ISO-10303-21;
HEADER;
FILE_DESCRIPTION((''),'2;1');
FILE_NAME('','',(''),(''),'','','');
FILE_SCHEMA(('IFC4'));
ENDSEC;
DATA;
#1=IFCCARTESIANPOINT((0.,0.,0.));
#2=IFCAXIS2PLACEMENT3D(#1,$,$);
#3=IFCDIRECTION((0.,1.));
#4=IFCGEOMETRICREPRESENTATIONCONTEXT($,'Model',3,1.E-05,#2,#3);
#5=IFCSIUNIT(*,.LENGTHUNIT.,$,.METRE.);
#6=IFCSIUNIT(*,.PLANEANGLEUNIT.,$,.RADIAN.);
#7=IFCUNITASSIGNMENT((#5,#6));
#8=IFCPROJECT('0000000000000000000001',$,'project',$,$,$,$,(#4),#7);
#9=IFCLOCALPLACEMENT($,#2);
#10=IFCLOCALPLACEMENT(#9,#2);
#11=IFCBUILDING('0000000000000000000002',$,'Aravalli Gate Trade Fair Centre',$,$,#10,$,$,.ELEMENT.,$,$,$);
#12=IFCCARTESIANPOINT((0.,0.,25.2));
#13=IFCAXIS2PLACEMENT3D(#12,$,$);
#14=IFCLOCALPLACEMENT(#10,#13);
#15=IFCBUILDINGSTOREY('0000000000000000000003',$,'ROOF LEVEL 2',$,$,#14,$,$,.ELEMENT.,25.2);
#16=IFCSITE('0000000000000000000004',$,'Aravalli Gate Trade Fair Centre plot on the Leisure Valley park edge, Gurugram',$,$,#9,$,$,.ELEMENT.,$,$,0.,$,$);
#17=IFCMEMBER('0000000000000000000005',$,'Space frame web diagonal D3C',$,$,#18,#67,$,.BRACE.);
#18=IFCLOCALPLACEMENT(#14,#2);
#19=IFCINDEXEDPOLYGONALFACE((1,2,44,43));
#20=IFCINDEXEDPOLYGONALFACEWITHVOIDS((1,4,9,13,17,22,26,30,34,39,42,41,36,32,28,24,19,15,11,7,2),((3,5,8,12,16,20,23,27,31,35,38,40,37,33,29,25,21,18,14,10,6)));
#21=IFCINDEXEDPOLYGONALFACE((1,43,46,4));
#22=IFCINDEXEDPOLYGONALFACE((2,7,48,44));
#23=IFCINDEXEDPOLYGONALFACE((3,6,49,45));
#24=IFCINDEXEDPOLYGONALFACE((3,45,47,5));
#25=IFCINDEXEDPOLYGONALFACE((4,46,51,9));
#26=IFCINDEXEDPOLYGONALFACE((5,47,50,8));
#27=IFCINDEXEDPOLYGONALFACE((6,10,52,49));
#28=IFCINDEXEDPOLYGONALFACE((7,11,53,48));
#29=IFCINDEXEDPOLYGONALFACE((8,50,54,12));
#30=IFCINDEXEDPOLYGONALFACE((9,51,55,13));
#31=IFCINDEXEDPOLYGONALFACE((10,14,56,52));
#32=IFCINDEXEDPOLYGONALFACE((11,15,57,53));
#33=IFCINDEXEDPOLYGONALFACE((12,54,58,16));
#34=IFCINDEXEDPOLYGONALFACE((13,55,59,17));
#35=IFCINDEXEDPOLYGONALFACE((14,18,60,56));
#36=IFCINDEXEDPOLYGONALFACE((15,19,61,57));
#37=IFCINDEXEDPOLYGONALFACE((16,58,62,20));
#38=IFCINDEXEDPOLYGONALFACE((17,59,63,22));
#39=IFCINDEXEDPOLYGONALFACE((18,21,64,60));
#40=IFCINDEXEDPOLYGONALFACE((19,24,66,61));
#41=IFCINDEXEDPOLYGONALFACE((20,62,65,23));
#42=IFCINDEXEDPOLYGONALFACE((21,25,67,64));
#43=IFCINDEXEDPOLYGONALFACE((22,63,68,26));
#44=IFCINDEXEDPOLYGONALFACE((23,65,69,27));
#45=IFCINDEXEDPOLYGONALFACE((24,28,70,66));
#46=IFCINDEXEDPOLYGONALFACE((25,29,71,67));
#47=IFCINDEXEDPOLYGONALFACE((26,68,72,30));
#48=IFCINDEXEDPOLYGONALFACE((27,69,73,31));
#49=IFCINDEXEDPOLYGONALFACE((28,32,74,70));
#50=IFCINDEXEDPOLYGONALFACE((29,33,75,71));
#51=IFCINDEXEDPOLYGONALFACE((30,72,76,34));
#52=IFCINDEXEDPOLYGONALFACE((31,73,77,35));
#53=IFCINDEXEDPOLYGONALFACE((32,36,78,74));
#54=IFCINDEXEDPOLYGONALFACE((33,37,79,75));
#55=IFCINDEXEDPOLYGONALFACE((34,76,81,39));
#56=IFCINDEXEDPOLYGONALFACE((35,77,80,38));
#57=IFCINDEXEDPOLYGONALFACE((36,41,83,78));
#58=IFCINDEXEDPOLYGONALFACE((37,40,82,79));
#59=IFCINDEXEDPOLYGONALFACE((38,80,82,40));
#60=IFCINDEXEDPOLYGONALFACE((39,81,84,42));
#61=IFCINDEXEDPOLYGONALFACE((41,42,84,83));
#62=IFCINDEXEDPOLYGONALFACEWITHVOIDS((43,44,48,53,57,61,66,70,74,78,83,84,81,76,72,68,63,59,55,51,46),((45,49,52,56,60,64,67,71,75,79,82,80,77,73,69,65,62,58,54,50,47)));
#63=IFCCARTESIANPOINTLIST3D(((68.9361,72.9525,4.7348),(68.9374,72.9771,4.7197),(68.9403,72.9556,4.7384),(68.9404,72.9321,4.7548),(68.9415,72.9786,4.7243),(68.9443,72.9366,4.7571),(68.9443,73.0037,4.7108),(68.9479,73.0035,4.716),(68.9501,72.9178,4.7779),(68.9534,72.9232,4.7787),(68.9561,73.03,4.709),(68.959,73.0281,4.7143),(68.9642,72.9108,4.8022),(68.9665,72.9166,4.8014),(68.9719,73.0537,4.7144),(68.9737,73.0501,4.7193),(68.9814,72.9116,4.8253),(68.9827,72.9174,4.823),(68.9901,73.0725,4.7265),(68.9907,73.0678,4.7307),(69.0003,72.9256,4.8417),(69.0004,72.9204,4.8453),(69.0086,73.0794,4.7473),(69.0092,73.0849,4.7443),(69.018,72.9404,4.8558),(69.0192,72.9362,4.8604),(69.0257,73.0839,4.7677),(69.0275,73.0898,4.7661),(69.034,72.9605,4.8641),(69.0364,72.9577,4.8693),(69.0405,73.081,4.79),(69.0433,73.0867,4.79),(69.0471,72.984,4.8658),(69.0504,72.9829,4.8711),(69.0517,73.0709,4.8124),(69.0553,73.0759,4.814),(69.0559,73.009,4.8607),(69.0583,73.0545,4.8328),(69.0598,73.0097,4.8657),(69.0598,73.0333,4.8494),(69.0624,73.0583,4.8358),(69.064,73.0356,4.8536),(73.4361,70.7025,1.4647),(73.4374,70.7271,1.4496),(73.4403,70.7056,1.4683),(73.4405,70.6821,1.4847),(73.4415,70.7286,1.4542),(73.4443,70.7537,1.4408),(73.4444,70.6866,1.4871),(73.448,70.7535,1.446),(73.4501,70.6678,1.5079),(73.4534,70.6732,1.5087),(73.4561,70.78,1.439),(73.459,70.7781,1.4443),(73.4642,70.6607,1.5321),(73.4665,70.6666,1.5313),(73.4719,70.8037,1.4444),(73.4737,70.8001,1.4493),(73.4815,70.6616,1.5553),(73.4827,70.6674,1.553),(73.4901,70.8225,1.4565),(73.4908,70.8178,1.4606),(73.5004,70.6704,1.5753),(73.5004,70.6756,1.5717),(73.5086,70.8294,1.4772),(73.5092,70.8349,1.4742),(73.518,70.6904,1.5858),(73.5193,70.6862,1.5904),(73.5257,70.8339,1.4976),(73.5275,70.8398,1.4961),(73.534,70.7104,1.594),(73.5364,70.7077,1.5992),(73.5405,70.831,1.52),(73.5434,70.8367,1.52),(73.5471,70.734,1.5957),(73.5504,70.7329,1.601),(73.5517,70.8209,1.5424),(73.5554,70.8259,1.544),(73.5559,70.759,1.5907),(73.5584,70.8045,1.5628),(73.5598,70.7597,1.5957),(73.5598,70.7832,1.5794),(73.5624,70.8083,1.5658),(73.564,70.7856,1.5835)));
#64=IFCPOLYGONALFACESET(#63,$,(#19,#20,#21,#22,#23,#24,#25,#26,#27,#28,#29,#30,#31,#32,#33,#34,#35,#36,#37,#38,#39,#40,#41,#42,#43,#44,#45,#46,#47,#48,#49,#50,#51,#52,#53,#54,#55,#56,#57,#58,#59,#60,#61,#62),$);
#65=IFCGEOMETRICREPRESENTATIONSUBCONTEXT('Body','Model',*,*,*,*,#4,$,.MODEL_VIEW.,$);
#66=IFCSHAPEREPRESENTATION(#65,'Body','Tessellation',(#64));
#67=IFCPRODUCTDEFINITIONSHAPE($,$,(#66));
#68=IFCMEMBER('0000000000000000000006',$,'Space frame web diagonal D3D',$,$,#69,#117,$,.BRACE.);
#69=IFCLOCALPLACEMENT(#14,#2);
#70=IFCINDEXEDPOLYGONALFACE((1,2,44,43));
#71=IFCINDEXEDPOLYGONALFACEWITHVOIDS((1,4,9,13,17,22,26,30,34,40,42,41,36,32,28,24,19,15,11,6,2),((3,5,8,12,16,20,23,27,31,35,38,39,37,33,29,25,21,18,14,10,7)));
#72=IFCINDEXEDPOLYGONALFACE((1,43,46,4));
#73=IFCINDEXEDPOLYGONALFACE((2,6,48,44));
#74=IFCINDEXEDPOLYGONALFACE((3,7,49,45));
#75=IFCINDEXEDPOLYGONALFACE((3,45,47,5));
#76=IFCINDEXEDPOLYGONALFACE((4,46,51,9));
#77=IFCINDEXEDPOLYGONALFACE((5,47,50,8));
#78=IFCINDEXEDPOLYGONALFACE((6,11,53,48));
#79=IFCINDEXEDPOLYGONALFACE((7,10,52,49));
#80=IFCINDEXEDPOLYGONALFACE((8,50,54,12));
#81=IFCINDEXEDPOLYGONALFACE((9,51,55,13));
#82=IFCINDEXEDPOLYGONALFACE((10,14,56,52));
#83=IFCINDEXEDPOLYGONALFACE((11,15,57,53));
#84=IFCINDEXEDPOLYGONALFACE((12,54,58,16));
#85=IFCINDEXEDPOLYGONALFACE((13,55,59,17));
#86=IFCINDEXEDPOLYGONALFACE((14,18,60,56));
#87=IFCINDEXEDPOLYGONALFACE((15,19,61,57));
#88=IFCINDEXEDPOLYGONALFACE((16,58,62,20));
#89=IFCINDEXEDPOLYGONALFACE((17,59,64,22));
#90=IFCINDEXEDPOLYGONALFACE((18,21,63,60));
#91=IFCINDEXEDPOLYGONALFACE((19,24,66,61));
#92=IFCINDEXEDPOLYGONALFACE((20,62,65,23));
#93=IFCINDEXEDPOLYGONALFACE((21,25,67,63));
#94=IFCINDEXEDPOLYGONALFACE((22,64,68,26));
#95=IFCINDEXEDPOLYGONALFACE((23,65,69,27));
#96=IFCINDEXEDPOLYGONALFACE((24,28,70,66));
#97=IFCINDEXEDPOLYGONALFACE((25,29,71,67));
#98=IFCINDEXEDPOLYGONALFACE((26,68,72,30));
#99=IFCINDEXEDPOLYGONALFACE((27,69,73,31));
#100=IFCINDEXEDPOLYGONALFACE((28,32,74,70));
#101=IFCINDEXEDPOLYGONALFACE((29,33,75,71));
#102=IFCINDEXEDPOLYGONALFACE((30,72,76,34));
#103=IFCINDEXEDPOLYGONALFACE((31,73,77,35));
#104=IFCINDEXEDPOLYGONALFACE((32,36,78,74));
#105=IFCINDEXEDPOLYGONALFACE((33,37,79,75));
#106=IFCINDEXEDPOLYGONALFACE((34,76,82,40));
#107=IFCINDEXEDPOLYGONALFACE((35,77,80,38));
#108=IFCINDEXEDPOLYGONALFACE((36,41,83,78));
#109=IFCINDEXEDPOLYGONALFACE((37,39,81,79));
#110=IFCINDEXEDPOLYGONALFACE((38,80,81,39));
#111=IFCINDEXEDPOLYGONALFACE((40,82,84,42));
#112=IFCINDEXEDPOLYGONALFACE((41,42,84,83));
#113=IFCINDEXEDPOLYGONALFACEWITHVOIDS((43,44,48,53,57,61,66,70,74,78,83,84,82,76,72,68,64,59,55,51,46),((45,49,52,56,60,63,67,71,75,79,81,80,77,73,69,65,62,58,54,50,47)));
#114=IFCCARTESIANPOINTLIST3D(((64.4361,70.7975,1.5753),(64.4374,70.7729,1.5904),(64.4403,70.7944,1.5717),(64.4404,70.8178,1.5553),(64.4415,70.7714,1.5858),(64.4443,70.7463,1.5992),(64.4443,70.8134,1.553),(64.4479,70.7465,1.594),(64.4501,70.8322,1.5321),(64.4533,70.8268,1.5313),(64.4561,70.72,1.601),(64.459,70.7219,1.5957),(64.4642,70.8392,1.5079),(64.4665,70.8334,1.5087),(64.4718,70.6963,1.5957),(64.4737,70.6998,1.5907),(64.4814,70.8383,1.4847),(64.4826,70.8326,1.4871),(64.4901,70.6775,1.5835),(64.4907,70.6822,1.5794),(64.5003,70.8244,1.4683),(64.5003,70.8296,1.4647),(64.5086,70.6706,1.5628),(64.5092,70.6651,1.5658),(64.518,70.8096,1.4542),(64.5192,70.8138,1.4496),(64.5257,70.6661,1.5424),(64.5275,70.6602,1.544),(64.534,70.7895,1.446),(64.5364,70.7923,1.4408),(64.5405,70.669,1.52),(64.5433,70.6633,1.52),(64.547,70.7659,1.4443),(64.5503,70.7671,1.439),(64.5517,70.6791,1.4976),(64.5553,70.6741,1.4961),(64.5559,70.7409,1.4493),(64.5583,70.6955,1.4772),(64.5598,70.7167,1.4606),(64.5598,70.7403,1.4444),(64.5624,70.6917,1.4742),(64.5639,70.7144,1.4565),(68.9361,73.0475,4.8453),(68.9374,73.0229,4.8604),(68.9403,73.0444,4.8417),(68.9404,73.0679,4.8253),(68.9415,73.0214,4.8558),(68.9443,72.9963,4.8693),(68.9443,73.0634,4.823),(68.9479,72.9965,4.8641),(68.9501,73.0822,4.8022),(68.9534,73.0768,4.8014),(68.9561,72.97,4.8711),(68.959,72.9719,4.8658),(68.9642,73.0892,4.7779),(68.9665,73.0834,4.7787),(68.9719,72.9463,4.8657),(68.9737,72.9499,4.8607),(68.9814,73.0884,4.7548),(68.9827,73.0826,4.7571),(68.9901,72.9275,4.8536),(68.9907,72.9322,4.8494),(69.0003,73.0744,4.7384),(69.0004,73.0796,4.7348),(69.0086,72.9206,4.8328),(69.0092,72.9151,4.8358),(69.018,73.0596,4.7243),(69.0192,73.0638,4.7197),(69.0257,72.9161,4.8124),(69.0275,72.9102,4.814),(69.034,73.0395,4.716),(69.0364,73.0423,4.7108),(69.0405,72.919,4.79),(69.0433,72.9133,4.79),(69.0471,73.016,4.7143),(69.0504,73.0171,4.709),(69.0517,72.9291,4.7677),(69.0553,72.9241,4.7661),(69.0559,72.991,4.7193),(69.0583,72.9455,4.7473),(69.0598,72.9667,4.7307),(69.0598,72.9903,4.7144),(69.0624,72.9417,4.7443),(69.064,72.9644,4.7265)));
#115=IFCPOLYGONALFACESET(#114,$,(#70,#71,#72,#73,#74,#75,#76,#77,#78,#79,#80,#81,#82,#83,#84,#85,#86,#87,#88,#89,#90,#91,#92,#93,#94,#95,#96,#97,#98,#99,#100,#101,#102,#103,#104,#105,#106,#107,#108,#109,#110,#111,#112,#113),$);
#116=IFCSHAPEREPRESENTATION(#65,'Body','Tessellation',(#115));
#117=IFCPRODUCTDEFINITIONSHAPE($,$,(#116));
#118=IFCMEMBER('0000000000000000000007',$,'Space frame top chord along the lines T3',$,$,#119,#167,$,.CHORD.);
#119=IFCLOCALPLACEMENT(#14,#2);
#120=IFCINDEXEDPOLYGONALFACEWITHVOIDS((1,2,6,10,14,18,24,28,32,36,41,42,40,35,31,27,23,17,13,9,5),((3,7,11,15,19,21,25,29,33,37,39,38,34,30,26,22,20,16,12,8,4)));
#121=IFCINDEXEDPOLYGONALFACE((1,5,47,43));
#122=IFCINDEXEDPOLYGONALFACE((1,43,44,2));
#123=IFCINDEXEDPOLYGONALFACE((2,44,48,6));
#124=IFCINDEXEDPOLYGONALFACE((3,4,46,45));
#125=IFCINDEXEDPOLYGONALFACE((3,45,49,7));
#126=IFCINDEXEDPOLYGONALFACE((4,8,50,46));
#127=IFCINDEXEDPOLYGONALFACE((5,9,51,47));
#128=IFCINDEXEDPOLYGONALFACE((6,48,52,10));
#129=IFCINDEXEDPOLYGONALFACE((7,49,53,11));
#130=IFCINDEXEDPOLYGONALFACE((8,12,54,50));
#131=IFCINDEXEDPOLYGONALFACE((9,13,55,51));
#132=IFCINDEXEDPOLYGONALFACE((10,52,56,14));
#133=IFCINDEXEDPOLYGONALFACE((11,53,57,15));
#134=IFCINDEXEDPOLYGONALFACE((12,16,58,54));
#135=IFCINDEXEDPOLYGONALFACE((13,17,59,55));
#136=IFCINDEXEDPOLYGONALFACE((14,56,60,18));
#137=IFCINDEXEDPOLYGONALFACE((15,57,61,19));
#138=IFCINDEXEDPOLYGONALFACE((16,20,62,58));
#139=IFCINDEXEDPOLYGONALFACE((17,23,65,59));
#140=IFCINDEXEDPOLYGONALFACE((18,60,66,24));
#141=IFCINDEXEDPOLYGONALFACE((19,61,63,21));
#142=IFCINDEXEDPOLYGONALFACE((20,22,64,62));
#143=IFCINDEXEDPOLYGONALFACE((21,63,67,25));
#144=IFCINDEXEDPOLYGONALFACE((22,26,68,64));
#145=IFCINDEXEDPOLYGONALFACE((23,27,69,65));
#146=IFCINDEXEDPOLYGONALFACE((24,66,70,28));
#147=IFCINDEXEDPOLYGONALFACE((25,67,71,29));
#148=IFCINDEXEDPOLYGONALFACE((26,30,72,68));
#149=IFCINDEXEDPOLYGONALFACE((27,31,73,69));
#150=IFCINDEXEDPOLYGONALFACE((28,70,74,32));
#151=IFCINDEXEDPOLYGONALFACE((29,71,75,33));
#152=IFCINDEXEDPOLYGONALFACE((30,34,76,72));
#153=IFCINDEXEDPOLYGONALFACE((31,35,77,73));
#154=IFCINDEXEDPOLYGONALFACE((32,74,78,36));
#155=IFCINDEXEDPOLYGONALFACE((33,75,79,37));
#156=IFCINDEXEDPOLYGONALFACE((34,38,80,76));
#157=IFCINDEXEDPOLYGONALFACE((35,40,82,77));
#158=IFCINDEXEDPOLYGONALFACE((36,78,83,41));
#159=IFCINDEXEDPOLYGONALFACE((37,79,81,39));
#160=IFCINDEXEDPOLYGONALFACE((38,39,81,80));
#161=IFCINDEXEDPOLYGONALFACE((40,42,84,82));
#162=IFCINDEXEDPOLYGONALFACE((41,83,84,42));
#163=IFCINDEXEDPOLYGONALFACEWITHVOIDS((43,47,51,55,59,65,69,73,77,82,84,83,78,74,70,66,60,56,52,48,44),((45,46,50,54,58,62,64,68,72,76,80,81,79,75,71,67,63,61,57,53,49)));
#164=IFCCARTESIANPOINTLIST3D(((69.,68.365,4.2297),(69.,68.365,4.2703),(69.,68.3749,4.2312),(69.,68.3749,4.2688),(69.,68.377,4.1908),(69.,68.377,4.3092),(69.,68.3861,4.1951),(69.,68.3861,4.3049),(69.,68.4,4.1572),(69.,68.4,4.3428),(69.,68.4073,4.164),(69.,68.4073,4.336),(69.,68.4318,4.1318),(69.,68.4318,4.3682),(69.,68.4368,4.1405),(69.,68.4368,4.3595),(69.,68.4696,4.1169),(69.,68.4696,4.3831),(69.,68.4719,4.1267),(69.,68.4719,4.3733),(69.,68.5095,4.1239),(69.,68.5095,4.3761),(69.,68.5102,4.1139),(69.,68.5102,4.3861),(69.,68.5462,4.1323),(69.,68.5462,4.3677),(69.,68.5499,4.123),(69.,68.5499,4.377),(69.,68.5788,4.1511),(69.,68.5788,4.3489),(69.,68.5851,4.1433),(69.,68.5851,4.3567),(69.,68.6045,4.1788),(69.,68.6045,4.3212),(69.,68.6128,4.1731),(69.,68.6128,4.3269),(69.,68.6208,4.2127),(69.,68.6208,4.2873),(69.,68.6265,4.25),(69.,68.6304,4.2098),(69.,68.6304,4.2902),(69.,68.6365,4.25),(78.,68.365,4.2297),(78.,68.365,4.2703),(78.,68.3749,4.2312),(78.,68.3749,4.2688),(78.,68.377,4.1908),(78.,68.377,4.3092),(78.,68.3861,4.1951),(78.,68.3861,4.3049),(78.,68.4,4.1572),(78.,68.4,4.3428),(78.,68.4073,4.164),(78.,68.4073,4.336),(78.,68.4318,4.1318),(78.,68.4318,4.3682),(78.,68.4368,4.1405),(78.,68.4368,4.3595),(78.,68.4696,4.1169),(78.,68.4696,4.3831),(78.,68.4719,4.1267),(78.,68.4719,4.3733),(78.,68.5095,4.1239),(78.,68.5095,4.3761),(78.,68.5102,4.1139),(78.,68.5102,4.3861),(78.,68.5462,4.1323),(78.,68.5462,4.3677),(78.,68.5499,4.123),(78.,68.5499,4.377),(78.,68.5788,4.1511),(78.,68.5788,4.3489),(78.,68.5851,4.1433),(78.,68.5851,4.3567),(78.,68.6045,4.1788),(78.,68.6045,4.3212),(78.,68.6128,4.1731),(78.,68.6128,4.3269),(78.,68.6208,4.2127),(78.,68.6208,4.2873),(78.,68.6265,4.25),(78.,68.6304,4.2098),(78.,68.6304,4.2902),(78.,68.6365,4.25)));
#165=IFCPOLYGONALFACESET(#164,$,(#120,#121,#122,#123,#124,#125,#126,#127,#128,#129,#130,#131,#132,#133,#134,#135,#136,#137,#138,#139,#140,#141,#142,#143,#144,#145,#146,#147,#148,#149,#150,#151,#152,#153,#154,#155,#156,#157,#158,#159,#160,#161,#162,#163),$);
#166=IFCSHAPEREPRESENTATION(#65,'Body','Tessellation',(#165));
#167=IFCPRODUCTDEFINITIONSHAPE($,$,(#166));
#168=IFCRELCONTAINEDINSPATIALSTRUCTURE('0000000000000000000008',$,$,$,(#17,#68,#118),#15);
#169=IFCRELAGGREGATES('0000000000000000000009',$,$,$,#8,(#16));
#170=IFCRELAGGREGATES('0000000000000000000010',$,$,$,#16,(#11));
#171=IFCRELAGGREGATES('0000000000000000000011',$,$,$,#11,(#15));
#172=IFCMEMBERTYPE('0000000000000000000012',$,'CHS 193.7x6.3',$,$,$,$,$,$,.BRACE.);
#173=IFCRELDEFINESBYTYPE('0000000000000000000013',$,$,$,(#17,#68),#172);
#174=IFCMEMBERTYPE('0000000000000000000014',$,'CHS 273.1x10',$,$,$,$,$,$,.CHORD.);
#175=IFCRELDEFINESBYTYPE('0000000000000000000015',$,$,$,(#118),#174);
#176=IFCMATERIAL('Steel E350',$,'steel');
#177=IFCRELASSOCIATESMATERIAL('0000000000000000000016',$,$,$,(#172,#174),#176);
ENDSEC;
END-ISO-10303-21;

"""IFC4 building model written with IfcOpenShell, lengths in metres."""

from ifc_helpers import new_model, si_unit, direction, frame, origin, origin_2d, place, context, subcontext, project, spatial, hollow_circle, extrude, material, material_profile, profile_set, type_object, element, save


model = new_model("IFC4")

# Units and contexts
model_context = context("Model", 3, precision=1e-05, world=origin(), true_north=direction((0.0, 1.0)))
body_context = subcontext(model_context, "Body", "Model", "MODEL_VIEW")
ifc_project = project(units=[si_unit("LENGTHUNIT", "METRE"), si_unit("PLANEANGLEUNIT", "RADIAN")], contexts=[model_context])

# Site, building, storey
site_placement = place(None, origin())
site = spatial("IfcSite", under=ifc_project, at=site_placement, Name="Aravalli Gate Trade Fair Centre plot on the Leisure Valley park edge, Gurugram", CompositionType="ELEMENT", RefElevation=0.0)
building_placement = place(site_placement, origin())
building = spatial("IfcBuilding", under=site, at=building_placement, Name="Aravalli Gate Trade Fair Centre", CompositionType="ELEMENT")
storey_placement = place(building_placement, frame((0.0, 0.0, 25.2)))
storey = spatial("IfcBuildingStorey", under=building, at=storey_placement, Name="ROOF LEVEL 2", CompositionType="ELEMENT", Elevation=25.2)

# Members
ifc_material_1 = material(Name="Steel E350", Category="steel")
ifc_material_profile_1 = material_profile(ifc_material_1, hollow_circle(Radius=0.0969, WallThickness=0.0063, at=origin_2d()), Name="CHS 193.7x6.3")
ifc_profile_set_1 = profile_set([ifc_material_profile_1], Name="Steel E350")
member_type_1 = type_object("IfcMemberType", Name="CHS 193.7x6.3", PredefinedType="BRACE", material=ifc_profile_set_1)
for number, where, z_axis, x_axis, name in (
    (1, (69.0, 73.0, 4.79), (0.749942, -0.374971, -0.544961), (0.447214, 0.894427, 0.0), "Space frame web diagonal D3C"),
    (2, (69.0, 73.0, 4.79), (-0.749942, -0.374971, -0.544961), (0.447214, -0.894427, 0.0), "Space frame web diagonal D3D"),
):
    element("IfcMember", number, at=place(storey_placement, frame(where, z_axis=z_axis, x_axis=x_axis)), inside=storey, type_object=member_type_1, Name=name, PredefinedType="BRACE", context=body_context, shape_type="SweptSolid", body=[
        extrude(hollow_circle(Radius=0.0969, WallThickness=0.0063, at=origin_2d()), origin(), (0.0, 0.0, 1.0), 6.0005),
    ])
ifc_material_profile_2 = material_profile(ifc_material_1, hollow_circle(Radius=0.1365, WallThickness=0.01, at=origin_2d()), Name="CHS 273.1x10")
ifc_profile_set_2 = profile_set([ifc_material_profile_2], Name="Steel E350")
member_type_2 = type_object("IfcMemberType", Name="CHS 273.1x10", PredefinedType="CHORD", material=ifc_profile_set_2)
for number, where, z_axis, x_axis, name in (
    (3, (69.0, 68.5, 4.25), (1.0, 0.0, 0.0), (0.0, 1.0, 0.0), "Space frame top chord along the lines T3"),
):
    element("IfcMember", number, at=place(storey_placement, frame(where, z_axis=z_axis, x_axis=x_axis)), inside=storey, type_object=member_type_2, Name=name, PredefinedType="CHORD", context=body_context, shape_type="SweptSolid", body=[
        extrude(hollow_circle(Radius=0.1365, WallThickness=0.01, at=origin_2d()), origin(), (0.0, 0.0, 1.0), 9.0),
    ])

save(model, "model.ifc")
